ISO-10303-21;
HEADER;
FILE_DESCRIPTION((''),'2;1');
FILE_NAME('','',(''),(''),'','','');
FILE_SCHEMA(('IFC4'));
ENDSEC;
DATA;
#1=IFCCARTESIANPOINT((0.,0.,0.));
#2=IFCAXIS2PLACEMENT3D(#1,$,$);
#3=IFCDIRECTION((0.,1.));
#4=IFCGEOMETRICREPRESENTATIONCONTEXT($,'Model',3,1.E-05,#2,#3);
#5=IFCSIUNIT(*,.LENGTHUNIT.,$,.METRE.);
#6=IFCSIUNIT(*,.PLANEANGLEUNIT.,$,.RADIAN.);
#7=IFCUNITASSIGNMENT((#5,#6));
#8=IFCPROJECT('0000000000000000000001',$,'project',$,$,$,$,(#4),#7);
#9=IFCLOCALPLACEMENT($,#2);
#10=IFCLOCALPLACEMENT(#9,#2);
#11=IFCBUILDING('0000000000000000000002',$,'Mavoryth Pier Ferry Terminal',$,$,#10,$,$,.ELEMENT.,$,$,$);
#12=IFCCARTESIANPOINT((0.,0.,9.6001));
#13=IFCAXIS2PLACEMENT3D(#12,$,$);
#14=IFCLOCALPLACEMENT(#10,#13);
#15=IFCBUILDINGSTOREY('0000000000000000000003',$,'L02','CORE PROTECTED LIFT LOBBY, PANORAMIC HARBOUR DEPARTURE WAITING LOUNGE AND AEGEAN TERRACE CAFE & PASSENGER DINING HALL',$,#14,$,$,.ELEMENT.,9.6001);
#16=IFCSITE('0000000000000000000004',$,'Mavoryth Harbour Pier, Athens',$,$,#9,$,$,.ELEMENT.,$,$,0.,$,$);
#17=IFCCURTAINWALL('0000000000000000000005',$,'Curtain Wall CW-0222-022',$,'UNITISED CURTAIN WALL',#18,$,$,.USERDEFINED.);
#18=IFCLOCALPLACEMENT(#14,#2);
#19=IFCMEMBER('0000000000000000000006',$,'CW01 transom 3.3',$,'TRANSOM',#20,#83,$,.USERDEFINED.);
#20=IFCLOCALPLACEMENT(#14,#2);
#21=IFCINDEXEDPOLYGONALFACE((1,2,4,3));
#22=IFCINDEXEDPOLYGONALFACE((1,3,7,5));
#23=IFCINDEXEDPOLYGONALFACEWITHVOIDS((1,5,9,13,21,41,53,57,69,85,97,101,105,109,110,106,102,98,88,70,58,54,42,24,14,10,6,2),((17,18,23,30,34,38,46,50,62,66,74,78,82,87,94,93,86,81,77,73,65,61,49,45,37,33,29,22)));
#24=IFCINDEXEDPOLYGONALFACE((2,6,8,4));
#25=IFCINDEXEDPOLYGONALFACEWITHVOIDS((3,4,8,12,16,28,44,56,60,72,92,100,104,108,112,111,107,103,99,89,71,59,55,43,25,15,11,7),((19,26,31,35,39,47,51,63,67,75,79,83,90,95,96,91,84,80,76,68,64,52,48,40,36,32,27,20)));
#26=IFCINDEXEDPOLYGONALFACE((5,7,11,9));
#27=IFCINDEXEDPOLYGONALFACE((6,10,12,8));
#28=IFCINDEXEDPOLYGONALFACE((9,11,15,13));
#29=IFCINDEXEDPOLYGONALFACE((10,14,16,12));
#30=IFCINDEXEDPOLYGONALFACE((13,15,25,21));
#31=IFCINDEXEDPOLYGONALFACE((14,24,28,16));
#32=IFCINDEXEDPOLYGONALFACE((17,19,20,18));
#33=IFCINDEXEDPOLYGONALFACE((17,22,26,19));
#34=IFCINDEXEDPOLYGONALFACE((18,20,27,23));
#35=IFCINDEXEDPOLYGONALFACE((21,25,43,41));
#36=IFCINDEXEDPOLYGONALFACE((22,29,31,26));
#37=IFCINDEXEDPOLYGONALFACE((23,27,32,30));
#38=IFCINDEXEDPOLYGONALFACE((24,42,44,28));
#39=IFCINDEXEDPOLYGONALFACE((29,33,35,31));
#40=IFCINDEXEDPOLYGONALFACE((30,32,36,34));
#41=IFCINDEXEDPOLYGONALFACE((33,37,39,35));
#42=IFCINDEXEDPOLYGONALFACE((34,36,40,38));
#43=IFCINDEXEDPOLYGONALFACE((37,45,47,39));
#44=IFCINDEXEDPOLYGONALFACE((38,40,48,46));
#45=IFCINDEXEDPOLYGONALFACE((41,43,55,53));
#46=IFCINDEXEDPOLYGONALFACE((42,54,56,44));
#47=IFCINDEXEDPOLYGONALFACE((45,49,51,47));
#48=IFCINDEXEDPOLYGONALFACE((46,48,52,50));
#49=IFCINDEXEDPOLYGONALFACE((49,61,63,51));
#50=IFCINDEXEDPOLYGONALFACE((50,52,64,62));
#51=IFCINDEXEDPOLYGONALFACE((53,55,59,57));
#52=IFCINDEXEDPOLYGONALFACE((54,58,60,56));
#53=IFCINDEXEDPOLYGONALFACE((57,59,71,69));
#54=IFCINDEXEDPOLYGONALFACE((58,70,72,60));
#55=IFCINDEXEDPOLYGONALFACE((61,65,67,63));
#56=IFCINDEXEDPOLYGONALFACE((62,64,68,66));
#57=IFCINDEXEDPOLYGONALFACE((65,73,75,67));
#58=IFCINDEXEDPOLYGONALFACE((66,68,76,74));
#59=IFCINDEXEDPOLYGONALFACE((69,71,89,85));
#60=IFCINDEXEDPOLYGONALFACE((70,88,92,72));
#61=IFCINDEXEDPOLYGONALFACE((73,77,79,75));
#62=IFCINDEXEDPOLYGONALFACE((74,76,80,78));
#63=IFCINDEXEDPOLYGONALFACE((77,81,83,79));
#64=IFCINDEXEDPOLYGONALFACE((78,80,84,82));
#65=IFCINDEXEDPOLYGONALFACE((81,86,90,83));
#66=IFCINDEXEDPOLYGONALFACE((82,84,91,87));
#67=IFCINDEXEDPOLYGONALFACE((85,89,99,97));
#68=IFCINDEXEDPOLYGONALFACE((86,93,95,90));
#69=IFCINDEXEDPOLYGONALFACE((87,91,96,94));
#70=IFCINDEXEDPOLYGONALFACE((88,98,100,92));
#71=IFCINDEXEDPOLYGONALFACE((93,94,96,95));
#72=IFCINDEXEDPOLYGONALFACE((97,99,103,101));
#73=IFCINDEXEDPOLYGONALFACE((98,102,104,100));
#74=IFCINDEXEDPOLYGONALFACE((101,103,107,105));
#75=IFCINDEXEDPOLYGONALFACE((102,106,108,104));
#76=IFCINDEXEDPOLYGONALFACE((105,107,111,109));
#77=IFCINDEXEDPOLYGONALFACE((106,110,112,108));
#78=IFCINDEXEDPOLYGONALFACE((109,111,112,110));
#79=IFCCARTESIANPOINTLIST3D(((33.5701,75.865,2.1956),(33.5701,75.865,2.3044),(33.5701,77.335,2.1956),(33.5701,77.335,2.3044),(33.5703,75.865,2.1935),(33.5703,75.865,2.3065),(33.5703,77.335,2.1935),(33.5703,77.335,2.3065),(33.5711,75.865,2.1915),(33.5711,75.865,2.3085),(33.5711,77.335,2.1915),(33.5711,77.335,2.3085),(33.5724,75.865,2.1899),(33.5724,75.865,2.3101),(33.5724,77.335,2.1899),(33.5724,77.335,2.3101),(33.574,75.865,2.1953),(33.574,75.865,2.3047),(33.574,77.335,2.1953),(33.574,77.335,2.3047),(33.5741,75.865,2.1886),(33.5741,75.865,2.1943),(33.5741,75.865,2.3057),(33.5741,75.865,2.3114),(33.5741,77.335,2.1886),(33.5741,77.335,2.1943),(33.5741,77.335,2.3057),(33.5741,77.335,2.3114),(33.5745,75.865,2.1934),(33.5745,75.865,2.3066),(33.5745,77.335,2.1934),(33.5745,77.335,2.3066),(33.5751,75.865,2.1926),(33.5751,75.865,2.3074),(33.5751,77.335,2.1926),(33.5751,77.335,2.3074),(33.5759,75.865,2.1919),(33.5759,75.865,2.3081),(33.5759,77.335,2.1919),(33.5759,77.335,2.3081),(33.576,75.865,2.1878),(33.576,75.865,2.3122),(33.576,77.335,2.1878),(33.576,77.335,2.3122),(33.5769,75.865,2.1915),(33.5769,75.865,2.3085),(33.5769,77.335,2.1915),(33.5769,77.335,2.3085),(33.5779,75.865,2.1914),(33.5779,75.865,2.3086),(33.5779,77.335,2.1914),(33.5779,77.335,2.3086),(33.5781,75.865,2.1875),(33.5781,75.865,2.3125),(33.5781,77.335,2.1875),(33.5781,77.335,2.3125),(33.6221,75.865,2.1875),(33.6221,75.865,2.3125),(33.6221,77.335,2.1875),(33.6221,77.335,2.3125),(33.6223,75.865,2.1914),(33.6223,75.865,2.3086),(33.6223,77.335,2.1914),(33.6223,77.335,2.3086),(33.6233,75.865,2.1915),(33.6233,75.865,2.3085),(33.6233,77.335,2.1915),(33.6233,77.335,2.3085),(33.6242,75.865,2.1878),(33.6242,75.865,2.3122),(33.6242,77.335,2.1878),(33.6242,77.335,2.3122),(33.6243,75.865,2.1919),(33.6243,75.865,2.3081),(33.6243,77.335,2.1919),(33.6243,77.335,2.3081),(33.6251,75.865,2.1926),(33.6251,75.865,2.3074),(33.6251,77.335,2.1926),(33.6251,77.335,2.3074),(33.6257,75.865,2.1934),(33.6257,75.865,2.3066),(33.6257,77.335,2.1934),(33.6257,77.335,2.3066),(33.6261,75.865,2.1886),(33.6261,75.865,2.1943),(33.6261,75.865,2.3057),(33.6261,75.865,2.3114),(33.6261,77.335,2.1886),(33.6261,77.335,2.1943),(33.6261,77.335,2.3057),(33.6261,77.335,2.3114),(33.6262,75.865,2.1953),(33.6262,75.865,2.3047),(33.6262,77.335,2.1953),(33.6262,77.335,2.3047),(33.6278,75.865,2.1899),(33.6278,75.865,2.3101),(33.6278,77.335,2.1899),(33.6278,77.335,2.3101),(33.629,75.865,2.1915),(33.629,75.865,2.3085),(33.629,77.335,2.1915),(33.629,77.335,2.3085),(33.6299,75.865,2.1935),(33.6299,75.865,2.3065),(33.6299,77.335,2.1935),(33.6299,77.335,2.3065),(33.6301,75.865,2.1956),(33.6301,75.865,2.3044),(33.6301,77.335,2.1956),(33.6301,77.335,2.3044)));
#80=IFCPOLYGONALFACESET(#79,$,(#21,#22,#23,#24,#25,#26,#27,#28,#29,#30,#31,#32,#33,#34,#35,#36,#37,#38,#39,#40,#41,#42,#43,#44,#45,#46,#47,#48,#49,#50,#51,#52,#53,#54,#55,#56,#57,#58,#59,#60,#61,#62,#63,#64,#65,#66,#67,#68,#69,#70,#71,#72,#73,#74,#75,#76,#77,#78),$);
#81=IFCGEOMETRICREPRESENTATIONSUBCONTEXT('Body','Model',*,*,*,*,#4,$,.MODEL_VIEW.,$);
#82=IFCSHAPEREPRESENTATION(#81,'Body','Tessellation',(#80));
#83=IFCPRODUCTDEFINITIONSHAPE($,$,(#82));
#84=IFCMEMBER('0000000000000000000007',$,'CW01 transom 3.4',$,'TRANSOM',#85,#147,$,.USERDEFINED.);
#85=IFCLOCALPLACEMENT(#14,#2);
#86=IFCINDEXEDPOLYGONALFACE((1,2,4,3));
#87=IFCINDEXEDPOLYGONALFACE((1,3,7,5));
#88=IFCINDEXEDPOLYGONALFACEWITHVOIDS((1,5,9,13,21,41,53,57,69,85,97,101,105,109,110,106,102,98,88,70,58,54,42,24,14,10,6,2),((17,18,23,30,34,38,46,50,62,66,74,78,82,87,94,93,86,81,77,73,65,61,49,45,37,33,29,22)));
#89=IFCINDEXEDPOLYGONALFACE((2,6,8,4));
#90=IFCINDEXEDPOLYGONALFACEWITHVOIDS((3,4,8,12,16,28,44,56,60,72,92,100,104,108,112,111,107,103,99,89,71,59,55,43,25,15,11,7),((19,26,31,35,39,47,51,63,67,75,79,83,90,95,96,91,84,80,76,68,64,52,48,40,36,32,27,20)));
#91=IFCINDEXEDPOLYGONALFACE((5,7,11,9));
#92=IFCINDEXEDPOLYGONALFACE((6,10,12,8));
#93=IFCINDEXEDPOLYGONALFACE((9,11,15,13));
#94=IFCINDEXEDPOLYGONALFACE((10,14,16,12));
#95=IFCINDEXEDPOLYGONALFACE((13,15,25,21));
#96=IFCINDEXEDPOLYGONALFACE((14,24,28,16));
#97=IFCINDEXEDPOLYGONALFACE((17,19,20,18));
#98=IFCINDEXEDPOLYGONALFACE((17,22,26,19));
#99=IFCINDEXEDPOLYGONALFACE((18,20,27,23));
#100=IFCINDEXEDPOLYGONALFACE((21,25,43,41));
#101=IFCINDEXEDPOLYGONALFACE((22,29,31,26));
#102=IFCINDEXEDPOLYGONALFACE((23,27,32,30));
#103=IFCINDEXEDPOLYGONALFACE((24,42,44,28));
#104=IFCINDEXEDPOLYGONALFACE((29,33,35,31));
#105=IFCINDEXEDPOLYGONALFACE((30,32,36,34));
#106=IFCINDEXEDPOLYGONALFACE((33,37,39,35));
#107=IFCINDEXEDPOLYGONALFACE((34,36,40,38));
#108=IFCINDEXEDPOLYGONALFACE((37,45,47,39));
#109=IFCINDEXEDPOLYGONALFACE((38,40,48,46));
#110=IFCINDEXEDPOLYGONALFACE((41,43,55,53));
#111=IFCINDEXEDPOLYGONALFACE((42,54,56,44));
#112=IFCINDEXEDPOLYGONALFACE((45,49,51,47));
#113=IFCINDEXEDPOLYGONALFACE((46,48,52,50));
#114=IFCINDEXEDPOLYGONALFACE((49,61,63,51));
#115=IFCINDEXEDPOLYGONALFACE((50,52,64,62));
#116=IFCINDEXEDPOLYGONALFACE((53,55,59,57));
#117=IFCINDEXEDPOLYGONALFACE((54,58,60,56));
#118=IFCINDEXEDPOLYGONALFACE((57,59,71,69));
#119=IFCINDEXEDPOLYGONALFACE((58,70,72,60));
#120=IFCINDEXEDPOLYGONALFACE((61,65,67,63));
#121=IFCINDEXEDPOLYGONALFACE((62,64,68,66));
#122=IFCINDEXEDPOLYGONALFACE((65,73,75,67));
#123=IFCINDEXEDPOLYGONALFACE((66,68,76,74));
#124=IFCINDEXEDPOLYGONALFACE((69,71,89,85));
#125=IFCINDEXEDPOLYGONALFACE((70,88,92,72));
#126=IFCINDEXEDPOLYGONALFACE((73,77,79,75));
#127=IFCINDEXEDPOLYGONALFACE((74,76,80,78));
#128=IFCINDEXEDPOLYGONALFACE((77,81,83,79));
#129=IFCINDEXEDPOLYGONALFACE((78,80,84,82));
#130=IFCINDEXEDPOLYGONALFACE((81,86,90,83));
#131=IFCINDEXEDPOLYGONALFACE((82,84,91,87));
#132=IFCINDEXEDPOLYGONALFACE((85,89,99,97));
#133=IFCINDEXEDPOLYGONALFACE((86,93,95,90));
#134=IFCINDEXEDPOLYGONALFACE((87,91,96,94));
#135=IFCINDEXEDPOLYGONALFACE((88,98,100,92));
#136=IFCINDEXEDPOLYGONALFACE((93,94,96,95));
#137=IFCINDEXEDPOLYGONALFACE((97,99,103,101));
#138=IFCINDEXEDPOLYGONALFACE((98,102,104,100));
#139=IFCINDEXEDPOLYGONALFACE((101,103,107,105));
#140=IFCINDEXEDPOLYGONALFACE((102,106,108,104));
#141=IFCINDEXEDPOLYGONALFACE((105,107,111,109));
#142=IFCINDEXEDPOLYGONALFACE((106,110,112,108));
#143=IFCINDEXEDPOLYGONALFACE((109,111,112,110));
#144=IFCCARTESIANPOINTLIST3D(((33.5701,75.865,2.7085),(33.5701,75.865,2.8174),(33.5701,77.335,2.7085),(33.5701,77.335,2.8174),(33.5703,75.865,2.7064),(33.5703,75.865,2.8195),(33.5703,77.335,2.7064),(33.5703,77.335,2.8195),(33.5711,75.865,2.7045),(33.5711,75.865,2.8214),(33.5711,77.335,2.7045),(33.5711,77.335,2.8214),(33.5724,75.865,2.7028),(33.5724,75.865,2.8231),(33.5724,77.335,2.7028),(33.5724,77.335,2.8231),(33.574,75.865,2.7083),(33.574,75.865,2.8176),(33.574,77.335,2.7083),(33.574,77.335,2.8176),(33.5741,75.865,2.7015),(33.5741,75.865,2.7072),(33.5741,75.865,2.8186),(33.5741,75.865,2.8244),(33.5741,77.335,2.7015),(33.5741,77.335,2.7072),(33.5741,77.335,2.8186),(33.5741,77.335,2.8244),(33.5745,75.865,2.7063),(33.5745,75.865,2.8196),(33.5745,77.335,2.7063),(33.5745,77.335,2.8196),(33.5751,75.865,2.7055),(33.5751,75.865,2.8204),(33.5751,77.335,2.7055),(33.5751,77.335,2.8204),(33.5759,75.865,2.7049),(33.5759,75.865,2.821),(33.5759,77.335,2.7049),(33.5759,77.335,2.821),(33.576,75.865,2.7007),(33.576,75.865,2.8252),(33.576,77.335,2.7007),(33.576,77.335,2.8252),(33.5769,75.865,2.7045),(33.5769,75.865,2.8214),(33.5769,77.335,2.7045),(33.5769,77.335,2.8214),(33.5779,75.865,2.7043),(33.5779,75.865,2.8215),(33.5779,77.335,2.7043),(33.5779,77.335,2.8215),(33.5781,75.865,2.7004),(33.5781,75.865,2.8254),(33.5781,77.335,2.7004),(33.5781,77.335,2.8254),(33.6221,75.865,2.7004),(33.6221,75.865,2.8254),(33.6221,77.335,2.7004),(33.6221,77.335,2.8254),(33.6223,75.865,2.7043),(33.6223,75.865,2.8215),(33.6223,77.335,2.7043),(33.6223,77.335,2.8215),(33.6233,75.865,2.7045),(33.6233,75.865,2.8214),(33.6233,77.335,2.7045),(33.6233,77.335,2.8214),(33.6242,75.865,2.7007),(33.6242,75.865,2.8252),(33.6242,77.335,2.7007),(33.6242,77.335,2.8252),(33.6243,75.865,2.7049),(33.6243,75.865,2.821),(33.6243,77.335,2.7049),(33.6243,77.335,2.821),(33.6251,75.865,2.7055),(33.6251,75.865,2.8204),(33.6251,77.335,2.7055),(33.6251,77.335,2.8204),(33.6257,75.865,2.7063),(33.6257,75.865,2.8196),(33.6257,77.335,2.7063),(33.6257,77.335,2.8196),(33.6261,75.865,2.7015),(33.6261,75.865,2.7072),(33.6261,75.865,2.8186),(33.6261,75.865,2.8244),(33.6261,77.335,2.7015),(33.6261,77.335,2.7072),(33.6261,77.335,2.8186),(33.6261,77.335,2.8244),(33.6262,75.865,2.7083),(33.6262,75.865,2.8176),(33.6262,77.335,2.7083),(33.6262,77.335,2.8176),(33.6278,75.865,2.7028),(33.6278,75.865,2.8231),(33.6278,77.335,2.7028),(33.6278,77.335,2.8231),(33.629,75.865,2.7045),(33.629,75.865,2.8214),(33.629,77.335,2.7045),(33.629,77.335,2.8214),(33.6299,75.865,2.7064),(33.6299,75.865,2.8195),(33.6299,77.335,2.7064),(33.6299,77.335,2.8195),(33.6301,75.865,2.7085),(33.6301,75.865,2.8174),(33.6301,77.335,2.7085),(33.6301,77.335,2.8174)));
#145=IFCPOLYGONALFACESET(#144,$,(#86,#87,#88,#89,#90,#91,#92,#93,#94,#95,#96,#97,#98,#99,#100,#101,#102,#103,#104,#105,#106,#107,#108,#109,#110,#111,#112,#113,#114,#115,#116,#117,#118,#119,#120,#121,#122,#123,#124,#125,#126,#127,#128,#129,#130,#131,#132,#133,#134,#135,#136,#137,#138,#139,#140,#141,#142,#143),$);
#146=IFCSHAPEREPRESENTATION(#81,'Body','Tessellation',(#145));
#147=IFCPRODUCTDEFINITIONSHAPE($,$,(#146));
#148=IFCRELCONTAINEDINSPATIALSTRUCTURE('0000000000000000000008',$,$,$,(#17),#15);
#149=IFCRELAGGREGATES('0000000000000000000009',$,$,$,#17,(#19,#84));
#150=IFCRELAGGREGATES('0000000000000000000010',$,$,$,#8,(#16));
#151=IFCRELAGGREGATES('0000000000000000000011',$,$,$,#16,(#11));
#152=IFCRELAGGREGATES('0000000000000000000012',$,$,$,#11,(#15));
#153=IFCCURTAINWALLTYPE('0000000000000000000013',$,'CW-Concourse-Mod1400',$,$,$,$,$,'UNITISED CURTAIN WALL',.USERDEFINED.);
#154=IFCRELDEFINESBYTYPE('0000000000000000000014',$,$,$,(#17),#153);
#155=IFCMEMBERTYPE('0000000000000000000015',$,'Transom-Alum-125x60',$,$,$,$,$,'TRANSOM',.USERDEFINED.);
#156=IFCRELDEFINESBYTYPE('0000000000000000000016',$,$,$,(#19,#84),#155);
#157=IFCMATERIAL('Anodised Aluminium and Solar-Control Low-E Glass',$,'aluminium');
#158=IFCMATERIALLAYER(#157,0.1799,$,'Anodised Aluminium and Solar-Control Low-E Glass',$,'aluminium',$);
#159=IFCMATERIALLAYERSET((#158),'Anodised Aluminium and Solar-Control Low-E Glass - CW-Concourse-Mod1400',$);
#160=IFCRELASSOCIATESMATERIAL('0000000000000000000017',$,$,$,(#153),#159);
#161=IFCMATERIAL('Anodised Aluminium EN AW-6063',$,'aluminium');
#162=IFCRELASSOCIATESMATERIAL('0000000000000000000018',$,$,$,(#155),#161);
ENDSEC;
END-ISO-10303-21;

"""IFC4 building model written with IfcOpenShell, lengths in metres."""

from ifc_helpers import new_model, si_unit, direction, frame, origin, origin_2d, place, context, subcontext, project, spatial, hollow_rectangle, extrude, material, layer, layer_set, material_profile, profile_set, type_object, element, aggregate, save


model = new_model("IFC4")

# Units and contexts
model_context = context("Model", 3, precision=1e-05, world=origin(), true_north=direction((0.0, 1.0)))
body_context = subcontext(model_context, "Body", "Model", "MODEL_VIEW")
ifc_project = project(units=[si_unit("LENGTHUNIT", "METRE"), si_unit("PLANEANGLEUNIT", "RADIAN")], contexts=[model_context])

# Site, building, storey
site_placement = place(None, origin())
site = spatial("IfcSite", under=ifc_project, at=site_placement, Name="Mavoryth Harbour Pier, Athens", CompositionType="ELEMENT", RefElevation=0.0)
building_placement = place(site_placement, origin())
building = spatial("IfcBuilding", under=site, at=building_placement, Name="Mavoryth Pier Ferry Terminal", CompositionType="ELEMENT")
storey_placement = place(building_placement, frame((0.0, 0.0, 9.6001)))
storey = spatial("IfcBuildingStorey", under=building, at=storey_placement, Name="L02", Description="CORE PROTECTED LIFT LOBBY, PANORAMIC HARBOUR DEPARTURE WAITING LOUNGE AND AEGEAN TERRACE CAFE & PASSENGER DINING HALL", CompositionType="ELEMENT", Elevation=9.6001)

# Curtain wall, members
ifc_material_1 = material(Name="Anodised Aluminium and Solar-Control Low-E Glass", Category="aluminium")
ifc_layer_1 = layer(ifc_material_1, 0.1799, Name="Anodised Aluminium and Solar-Control Low-E Glass", Category="aluminium")
ifc_layer_set_1 = layer_set([ifc_layer_1], Name="Anodised Aluminium and Solar-Control Low-E Glass - CW-Concourse-Mod1400")
curtain_wall_type = type_object("IfcCurtainWallType", Name="CW-Concourse-Mod1400", ElementType="UNITISED CURTAIN WALL", PredefinedType="USERDEFINED", material=ifc_layer_set_1)
curtain_wall_placement = place(storey_placement, origin())
curtain_wall = element("IfcCurtainWall", 1, at=curtain_wall_placement, inside=storey, type_object=curtain_wall_type, Name="Curtain Wall CW-0222-022", ObjectType="UNITISED CURTAIN WALL", PredefinedType="USERDEFINED")
ifc_material_2 = material(Name="Anodised Aluminium EN AW-6063", Category="aluminium")
ifc_material_profile_1 = material_profile(ifc_material_2, hollow_rectangle(XDim=0.0601, YDim=0.125, WallThickness=0.0039, InnerFilletRadius=0.0039, OuterFilletRadius=0.0081, at=origin_2d()), Name="AL-TRAN 125x60x4", Category="aluminium")
ifc_profile_set_1 = profile_set([ifc_material_profile_1], Name="Anodised Aluminium EN AW-6063 - AL-TRAN 125x60x4")
member_type_1 = type_object("IfcMemberType", Name="Transom-Alum-125x60", ElementType="TRANSOM", PredefinedType="USERDEFINED", material=ifc_profile_set_1)
member_1_placement = place(storey_placement, frame((33.6001, 75.865, 2.25), z_axis=(0.0, 1.0, 0.0), x_axis=(-1.0, 0.0, 0.0)))
member_1 = element("IfcMember", 2, at=member_1_placement, type_object=member_type_1, Name="CW01 transom 3.3", ObjectType="TRANSOM", PredefinedType="USERDEFINED", context=body_context, shape_type="SweptSolid", body=[
    extrude(hollow_rectangle(XDim=0.0601, YDim=0.125, WallThickness=0.0039, InnerFilletRadius=0.0039, OuterFilletRadius=0.0081, at=origin_2d()), origin(), (0.0, 0.0, 1.0), 1.47),
])
member_2_placement = place(storey_placement, frame((33.6001, 75.865, 2.7629), z_axis=(0.0, 1.0, 0.0), x_axis=(-1.0, 0.0, 0.0)))
member_2 = element("IfcMember", 3, at=member_2_placement, type_object=member_type_1, Name="CW01 transom 3.4", ObjectType="TRANSOM", PredefinedType="USERDEFINED", context=body_context, shape_type="SweptSolid", body=[
    extrude(hollow_rectangle(XDim=0.0601, YDim=0.125, WallThickness=0.0039, InnerFilletRadius=0.0039, OuterFilletRadius=0.0081, at=origin_2d()), origin(), (0.0, 0.0, 1.0), 1.47),
])
aggregate(curtain_wall, [member_1, member_2])

save(model, "model.ifc")
